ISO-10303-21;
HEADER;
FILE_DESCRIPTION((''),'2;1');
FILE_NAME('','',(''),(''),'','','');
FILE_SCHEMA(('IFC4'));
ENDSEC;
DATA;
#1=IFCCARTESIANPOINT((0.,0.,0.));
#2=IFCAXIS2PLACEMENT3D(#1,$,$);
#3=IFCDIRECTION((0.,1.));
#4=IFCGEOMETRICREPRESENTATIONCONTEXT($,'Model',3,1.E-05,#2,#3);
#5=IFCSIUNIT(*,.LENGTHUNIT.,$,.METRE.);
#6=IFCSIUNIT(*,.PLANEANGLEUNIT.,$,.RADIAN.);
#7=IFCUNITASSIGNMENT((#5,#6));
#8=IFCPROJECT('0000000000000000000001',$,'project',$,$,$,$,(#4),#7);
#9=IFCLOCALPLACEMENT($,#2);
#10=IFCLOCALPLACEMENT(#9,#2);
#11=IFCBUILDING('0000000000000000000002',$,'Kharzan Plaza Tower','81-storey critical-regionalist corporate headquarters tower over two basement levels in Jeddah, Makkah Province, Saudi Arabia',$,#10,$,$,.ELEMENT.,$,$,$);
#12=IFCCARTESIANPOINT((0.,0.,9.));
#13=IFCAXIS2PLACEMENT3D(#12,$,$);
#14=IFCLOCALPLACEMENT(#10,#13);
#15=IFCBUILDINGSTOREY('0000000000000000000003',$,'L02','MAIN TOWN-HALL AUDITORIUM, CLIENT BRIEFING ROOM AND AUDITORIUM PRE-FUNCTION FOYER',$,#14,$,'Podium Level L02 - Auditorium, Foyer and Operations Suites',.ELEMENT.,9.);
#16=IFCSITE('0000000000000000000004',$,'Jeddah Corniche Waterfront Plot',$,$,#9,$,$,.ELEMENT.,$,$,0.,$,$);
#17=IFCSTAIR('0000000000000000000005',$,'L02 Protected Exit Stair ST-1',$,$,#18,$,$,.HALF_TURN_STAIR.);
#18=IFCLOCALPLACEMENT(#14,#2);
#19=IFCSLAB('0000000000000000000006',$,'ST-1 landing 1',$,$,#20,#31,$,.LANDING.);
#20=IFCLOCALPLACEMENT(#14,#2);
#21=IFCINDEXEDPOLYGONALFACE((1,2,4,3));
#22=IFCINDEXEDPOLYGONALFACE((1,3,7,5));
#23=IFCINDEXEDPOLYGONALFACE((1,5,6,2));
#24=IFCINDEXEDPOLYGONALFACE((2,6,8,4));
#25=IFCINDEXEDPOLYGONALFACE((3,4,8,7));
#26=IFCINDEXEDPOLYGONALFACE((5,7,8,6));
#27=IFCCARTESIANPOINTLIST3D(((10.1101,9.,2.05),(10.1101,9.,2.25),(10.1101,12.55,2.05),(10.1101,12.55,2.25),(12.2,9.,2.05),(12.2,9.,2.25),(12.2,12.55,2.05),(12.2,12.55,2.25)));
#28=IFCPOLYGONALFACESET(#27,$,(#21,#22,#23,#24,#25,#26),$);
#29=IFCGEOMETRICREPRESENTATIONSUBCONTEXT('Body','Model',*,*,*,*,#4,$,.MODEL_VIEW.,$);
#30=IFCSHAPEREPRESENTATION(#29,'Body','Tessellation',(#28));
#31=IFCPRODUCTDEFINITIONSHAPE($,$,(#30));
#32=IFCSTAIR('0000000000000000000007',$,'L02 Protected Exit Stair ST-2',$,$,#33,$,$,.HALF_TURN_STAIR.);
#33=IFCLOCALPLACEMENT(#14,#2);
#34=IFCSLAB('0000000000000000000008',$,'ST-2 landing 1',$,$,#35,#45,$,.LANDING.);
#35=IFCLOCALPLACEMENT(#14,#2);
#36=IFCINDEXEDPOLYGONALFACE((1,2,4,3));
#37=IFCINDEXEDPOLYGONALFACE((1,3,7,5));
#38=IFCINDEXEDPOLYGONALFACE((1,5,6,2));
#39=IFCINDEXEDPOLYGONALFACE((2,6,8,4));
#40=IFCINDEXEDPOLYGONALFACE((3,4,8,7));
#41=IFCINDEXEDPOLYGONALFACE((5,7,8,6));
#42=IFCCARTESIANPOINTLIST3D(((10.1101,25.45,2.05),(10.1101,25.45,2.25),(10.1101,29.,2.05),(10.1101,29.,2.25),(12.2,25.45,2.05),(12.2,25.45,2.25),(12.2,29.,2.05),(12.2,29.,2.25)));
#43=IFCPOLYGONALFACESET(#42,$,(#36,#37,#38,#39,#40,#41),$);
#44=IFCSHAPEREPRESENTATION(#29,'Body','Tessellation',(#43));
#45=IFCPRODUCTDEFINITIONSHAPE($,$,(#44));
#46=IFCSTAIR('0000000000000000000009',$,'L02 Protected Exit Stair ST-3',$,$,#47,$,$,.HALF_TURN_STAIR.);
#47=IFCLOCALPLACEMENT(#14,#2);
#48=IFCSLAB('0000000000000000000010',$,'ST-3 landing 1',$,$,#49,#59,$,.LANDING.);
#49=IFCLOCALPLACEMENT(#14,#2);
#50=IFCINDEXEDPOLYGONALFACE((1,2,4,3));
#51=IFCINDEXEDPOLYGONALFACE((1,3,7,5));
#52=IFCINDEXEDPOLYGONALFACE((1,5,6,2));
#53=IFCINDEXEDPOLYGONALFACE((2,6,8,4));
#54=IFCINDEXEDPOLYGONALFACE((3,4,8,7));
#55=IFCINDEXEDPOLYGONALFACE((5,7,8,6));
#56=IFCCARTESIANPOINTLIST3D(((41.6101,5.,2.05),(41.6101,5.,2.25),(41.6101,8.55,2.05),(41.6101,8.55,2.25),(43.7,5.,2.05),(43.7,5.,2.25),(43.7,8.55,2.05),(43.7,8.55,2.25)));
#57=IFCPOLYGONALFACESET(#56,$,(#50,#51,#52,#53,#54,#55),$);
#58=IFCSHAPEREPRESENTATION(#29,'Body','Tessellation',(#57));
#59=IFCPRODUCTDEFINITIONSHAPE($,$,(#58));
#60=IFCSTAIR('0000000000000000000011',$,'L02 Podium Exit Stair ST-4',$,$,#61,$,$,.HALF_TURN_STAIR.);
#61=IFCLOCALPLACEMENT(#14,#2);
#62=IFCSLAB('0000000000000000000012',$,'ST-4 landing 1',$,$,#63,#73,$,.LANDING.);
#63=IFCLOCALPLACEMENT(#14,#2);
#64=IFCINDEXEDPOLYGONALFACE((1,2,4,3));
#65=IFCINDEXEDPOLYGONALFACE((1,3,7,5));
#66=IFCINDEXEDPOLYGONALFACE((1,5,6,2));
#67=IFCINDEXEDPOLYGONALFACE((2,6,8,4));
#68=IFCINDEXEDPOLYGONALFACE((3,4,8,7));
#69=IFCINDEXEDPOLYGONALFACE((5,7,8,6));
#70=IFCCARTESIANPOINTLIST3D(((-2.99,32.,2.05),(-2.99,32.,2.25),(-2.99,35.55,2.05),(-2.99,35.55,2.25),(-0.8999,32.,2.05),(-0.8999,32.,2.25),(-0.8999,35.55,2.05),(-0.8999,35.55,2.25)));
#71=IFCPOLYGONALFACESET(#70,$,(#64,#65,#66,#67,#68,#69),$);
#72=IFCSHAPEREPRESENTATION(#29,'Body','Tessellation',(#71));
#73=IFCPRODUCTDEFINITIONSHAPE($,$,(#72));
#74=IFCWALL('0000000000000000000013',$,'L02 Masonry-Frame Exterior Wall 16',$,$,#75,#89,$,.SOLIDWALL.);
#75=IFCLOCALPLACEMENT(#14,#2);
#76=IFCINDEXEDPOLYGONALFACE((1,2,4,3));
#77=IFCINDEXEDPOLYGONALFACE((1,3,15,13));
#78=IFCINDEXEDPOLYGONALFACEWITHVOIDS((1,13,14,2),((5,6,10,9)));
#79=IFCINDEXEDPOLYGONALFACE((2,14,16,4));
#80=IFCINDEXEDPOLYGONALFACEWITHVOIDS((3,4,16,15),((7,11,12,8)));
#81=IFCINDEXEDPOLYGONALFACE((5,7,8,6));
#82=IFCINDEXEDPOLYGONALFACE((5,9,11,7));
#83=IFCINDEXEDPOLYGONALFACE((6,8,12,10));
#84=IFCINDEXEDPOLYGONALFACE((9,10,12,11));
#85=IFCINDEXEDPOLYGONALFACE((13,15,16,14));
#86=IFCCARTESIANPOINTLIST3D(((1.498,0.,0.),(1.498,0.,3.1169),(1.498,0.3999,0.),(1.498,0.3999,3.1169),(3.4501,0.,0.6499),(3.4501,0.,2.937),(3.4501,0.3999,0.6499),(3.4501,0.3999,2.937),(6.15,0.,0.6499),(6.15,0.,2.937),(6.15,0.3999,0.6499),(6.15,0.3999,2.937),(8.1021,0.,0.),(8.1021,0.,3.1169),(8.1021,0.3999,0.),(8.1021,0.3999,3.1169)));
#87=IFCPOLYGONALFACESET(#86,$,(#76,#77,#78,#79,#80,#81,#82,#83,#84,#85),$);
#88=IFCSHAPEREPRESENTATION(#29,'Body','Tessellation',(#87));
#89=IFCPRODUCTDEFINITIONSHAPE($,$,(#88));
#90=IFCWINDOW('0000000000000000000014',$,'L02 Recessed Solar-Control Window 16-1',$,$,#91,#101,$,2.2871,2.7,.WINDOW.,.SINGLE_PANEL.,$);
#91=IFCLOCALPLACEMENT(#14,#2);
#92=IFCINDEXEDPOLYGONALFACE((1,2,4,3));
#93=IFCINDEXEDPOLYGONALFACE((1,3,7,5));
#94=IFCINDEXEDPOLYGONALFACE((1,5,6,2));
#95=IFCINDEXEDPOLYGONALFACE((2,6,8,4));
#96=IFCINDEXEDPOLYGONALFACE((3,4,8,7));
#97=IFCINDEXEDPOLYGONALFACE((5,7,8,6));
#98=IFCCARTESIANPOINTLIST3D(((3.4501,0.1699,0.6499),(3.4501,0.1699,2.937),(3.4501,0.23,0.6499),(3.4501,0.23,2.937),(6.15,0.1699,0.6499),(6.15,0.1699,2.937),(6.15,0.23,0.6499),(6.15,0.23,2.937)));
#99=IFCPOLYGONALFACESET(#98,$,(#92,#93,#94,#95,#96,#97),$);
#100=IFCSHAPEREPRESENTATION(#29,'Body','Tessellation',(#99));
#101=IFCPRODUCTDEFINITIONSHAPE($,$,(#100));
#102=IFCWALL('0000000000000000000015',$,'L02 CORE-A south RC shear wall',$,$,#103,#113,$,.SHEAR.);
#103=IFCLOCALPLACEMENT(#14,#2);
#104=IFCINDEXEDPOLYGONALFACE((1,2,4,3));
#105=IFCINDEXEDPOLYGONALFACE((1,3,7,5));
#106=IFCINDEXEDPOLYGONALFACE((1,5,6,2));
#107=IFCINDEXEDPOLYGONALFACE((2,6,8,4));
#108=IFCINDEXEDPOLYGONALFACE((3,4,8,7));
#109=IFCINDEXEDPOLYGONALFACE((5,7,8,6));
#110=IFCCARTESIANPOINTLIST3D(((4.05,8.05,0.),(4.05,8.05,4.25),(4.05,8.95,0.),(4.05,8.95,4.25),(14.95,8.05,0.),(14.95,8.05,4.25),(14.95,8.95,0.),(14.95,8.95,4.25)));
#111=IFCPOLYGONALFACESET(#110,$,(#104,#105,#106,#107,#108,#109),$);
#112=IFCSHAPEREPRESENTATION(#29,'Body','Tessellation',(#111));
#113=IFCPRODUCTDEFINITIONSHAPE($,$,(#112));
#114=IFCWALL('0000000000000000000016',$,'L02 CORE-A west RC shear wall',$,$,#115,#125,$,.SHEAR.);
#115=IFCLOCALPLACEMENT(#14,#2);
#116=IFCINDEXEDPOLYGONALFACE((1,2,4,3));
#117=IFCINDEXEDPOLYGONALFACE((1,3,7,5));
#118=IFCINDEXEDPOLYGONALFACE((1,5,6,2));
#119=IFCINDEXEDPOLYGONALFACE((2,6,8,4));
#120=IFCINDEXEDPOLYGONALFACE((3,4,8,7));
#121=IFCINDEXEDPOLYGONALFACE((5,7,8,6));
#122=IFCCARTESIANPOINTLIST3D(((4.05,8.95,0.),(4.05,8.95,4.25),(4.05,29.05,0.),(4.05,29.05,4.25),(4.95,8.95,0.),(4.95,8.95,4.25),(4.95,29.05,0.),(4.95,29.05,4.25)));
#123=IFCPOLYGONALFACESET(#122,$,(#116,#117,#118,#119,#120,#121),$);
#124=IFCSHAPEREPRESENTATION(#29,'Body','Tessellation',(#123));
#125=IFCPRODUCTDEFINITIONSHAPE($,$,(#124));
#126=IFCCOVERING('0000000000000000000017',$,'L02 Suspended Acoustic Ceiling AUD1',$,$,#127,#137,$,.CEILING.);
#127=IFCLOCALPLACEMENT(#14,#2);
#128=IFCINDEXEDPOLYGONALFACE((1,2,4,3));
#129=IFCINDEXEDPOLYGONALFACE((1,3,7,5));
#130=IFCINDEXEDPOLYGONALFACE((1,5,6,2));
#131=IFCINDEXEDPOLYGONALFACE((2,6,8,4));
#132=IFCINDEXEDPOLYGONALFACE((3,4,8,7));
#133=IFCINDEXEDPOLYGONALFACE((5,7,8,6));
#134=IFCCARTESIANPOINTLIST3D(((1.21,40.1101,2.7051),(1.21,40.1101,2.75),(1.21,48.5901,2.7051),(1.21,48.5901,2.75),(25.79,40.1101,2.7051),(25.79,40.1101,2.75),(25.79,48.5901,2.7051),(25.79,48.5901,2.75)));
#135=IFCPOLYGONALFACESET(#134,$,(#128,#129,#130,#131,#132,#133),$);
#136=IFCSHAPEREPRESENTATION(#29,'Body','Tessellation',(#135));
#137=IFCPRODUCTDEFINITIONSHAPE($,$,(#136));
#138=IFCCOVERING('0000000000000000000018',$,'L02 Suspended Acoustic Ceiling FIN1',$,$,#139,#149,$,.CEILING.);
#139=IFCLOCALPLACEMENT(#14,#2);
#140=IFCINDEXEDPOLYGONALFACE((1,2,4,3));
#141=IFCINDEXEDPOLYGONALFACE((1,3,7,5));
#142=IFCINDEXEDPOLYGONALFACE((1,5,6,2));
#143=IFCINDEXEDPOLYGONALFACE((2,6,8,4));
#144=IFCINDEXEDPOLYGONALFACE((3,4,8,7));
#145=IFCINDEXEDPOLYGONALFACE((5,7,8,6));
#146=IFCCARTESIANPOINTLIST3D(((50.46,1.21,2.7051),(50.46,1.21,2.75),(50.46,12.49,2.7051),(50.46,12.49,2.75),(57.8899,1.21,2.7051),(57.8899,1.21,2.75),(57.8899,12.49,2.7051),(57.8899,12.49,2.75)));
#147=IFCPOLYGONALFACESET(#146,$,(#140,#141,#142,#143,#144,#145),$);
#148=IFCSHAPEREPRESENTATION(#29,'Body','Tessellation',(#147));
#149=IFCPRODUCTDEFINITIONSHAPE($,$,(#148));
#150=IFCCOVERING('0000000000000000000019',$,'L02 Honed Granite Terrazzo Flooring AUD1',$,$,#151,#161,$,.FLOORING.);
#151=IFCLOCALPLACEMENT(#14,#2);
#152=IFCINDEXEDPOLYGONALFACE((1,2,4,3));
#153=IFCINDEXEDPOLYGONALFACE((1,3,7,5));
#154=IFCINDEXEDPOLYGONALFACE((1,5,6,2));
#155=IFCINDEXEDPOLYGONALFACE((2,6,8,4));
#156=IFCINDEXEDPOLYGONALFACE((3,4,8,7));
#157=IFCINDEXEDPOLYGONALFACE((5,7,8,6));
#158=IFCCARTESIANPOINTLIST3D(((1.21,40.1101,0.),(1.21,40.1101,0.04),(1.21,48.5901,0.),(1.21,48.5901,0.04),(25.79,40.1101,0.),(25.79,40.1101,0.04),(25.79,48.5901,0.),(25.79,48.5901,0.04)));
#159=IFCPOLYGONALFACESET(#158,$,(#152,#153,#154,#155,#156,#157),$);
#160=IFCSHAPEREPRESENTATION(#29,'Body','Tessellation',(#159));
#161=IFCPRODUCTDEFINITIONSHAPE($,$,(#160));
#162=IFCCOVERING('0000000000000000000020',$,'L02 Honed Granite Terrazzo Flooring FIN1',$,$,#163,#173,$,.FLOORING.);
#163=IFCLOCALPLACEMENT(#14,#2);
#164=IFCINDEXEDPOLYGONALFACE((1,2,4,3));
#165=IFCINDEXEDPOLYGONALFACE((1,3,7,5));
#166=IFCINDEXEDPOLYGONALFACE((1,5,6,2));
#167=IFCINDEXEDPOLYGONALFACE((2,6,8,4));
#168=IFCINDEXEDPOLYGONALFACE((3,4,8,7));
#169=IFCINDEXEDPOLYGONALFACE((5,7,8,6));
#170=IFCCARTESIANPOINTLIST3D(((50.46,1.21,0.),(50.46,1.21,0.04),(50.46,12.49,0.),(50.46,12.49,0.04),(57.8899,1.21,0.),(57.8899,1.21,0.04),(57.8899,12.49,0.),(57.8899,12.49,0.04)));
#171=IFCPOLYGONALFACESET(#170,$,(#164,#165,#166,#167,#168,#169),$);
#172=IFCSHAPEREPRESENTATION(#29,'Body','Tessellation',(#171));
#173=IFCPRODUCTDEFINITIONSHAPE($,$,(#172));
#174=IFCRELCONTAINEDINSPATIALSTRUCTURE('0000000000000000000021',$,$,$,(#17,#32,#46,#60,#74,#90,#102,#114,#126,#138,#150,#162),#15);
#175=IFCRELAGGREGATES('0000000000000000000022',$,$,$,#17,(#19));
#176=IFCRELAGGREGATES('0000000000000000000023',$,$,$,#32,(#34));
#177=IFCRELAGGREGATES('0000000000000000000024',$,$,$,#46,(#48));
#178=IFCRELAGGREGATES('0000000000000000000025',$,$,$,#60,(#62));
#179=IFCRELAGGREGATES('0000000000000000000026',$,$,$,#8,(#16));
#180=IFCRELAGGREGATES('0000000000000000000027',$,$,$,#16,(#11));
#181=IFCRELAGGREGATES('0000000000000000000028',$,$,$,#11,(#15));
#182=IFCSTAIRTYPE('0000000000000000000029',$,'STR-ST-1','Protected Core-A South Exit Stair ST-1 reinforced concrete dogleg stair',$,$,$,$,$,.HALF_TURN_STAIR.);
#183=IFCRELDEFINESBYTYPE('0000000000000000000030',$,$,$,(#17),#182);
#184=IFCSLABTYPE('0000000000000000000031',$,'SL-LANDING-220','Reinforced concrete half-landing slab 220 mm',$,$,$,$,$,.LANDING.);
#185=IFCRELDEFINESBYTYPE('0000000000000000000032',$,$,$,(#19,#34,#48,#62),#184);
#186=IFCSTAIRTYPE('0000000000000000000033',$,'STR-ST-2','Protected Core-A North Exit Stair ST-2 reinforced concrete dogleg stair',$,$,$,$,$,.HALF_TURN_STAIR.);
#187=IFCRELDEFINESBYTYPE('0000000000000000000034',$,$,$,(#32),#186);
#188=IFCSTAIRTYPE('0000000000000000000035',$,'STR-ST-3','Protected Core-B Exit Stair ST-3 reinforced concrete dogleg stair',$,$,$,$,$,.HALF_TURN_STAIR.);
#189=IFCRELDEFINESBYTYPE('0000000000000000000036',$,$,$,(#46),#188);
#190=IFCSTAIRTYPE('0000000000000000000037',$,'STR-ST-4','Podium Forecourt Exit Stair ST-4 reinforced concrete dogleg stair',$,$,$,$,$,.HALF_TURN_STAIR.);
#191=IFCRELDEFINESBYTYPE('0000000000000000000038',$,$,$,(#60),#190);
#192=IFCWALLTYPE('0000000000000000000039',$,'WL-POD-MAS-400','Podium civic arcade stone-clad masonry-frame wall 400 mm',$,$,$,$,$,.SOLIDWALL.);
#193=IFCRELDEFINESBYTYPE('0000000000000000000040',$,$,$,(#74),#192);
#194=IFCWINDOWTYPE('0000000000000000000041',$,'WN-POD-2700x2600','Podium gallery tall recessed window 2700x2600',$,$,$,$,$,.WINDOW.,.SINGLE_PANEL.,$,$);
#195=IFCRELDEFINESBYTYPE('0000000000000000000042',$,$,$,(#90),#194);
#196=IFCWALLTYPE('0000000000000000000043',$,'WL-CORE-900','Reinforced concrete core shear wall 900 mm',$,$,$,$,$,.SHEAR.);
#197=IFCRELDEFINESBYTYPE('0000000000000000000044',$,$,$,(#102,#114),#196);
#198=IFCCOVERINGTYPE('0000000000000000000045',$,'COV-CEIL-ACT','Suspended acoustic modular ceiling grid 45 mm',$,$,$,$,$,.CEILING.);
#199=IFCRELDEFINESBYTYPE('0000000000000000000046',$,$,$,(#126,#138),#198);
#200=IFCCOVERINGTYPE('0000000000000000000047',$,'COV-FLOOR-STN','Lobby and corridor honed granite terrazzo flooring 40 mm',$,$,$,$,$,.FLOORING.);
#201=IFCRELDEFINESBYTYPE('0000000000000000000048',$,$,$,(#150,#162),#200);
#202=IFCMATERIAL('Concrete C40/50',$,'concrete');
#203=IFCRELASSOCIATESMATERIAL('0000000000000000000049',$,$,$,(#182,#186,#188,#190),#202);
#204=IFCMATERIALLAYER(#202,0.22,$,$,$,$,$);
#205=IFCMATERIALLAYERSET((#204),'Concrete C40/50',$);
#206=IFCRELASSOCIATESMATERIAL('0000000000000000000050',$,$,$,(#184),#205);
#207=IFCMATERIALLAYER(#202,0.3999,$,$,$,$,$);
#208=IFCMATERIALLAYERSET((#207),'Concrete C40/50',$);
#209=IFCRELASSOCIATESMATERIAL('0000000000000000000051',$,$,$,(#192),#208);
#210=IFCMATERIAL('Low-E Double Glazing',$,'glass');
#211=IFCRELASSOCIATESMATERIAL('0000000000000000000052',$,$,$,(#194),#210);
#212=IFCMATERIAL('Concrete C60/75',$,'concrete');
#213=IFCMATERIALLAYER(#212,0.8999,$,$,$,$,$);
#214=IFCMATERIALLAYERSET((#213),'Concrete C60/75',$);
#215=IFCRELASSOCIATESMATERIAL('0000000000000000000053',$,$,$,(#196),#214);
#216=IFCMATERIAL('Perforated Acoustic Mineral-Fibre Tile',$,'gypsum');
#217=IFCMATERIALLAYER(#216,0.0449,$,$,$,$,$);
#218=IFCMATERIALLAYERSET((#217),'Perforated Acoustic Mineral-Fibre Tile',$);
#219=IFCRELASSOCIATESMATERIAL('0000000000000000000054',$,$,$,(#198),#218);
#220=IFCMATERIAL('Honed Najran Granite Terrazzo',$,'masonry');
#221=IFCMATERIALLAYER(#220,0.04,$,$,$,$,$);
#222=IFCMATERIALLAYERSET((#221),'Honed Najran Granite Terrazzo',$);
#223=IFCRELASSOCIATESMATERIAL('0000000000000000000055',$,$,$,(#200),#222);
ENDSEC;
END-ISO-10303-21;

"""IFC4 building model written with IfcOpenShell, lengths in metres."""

from ifc_helpers import new_model, si_unit, direction, frame, frame_2d, origin, place, context, subcontext, project, spatial, polyline, rectangle, outline, extrude, source, transform, mapped, material, layer, layer_set, type_object, element, fill, aggregate, save


model = new_model("IFC4")

# Units and contexts
model_context = context("Model", 3, precision=1e-05, world=origin(), true_north=direction((0.0, 1.0)))
body_context = subcontext(model_context, "Body", "Model", "MODEL_VIEW")
ifc_project = project(units=[si_unit("LENGTHUNIT", "METRE"), si_unit("PLANEANGLEUNIT", "RADIAN")], contexts=[model_context])

# Site, building, storey
site_placement = place(None, origin())
site = spatial("IfcSite", under=ifc_project, at=site_placement, Name="Jeddah Corniche Waterfront Plot", CompositionType="ELEMENT", RefElevation=0.0)
building_placement = place(site_placement, origin())
building = spatial("IfcBuilding", under=site, at=building_placement, Name="Kharzan Plaza Tower", Description="81-storey critical-regionalist corporate headquarters tower over two basement levels in Jeddah, Makkah Province, Saudi Arabia", CompositionType="ELEMENT")
storey_placement = place(building_placement, frame((0.0, 0.0, 9.0)))
storey = spatial("IfcBuildingStorey", under=building, at=storey_placement, Name="L02", Description="MAIN TOWN-HALL AUDITORIUM, CLIENT BRIEFING ROOM AND AUDITORIUM PRE-FUNCTION FOYER", LongName="Podium Level L02 - Auditorium, Foyer and Operations Suites", CompositionType="ELEMENT", Elevation=9.0)

# Shared definitions
ifc_material_1 = material(Name="Concrete C60/75", Category="concrete")

# Shared definitions
ifc_material_2 = material(Name="Concrete C40/50", Category="concrete")

# Stairs, slabs
stair_type_1 = type_object("IfcStairType", Name="STR-ST-1", Description="Protected Core-A South Exit Stair ST-1 reinforced concrete dogleg stair", PredefinedType="HALF_TURN_STAIR", material=ifc_material_2)
stair_1_placement = place(storey_placement, origin())
stair_1 = element("IfcStair", 1, at=stair_1_placement, inside=storey, type_object=stair_type_1, Name="L02 Protected Exit Stair ST-1", PredefinedType="HALF_TURN_STAIR")
ifc_layer_1 = layer(ifc_material_2, 0.22)
ifc_layer_set_1 = layer_set([ifc_layer_1], Name="Concrete C40/50")
slab_type_1 = type_object("IfcSlabType", Name="SL-LANDING-220", Description="Reinforced concrete half-landing slab 220 mm", PredefinedType="LANDING", material=ifc_layer_set_1)
slab_1_placement = place(storey_placement, frame((0.0, 0.0, 2.05)))
slab_1 = element("IfcSlab", 2, at=slab_1_placement, type_object=slab_type_1, Name="ST-1 landing 1", PredefinedType="LANDING", context=body_context, shape_type="SweptSolid", body=[
    extrude(outline(polyline([(10.1101, 9.0), (12.2, 9.0), (12.2, 12.55), (10.1101, 12.55), (10.1101, 9.0)])), origin(), (0.0, 0.0, 1.0), 0.2),
])
aggregate(stair_1, [slab_1])
stair_type_2 = type_object("IfcStairType", Name="STR-ST-2", Description="Protected Core-A North Exit Stair ST-2 reinforced concrete dogleg stair", PredefinedType="HALF_TURN_STAIR", material=ifc_material_2)
stair_2_placement = place(storey_placement, origin())
stair_2 = element("IfcStair", 3, at=stair_2_placement, inside=storey, type_object=stair_type_2, Name="L02 Protected Exit Stair ST-2", PredefinedType="HALF_TURN_STAIR")
slab_2_placement = place(storey_placement, frame((0.0, 0.0, 2.05)))
slab_2 = element("IfcSlab", 4, at=slab_2_placement, type_object=slab_type_1, Name="ST-2 landing 1", PredefinedType="LANDING", context=body_context, shape_type="SweptSolid", body=[
    extrude(outline(polyline([(10.1101, 25.45), (12.2, 25.45), (12.2, 29.0), (10.1101, 29.0), (10.1101, 25.45)])), origin(), (0.0, 0.0, 1.0), 0.2),
])
aggregate(stair_2, [slab_2])
stair_type_3 = type_object("IfcStairType", Name="STR-ST-3", Description="Protected Core-B Exit Stair ST-3 reinforced concrete dogleg stair", PredefinedType="HALF_TURN_STAIR", material=ifc_material_2)
stair_3_placement = place(storey_placement, origin())
stair_3 = element("IfcStair", 5, at=stair_3_placement, inside=storey, type_object=stair_type_3, Name="L02 Protected Exit Stair ST-3", PredefinedType="HALF_TURN_STAIR")
slab_3_placement = place(storey_placement, frame((0.0, 0.0, 2.05)))
slab_3 = element("IfcSlab", 6, at=slab_3_placement, type_object=slab_type_1, Name="ST-3 landing 1", PredefinedType="LANDING", context=body_context, shape_type="SweptSolid", body=[
    extrude(outline(polyline([(41.6101, 5.0), (43.7, 5.0), (43.7, 8.55), (41.6101, 8.55), (41.6101, 5.0)])), origin(), (0.0, 0.0, 1.0), 0.2),
])
aggregate(stair_3, [slab_3])
stair_type_4 = type_object("IfcStairType", Name="STR-ST-4", Description="Podium Forecourt Exit Stair ST-4 reinforced concrete dogleg stair", PredefinedType="HALF_TURN_STAIR", material=ifc_material_2)
stair_4_placement = place(storey_placement, origin())
stair_4 = element("IfcStair", 7, at=stair_4_placement, inside=storey, type_object=stair_type_4, Name="L02 Podium Exit Stair ST-4", PredefinedType="HALF_TURN_STAIR")
slab_4_placement = place(storey_placement, frame((0.0, 0.0, 2.05)))
slab_4 = element("IfcSlab", 8, at=slab_4_placement, type_object=slab_type_1, Name="ST-4 landing 1", PredefinedType="LANDING", context=body_context, shape_type="SweptSolid", body=[
    extrude(outline(polyline([(-2.99, 32.0), (-0.8999, 32.0), (-0.8999, 35.55), (-2.99, 35.55), (-2.99, 32.0)])), origin(), (0.0, 0.0, 1.0), 0.2),
])
aggregate(stair_4, [slab_4])

# Wall, opening, window
ifc_layer_2 = layer(ifc_material_2, 0.3999)
ifc_layer_set_2 = layer_set([ifc_layer_2], Name="Concrete C40/50")
wall_type_1 = type_object("IfcWallType", Name="WL-POD-MAS-400", Description="Podium civic arcade stone-clad masonry-frame wall 400 mm", PredefinedType="SOLIDWALL", material=ifc_layer_set_2)
wall_1_placement = place(storey_placement, frame((1.498, 0.2, 0.0), z_axis=(0.0, 0.0, 1.0), x_axis=(1.0, 0.0, 0.0)))
wall_1 = element("IfcWall", 9, at=wall_1_placement, inside=storey, type_object=wall_type_1, Name="L02 Masonry-Frame Exterior Wall 16", PredefinedType="SOLIDWALL", context=body_context, shape_type="SweptSolid", body=[
    extrude(rectangle(XDim=6.604, YDim=0.3999, at=frame_2d((3.302, 0.0))), origin(), (0.0, 0.0, 1.0), 3.1169),
])
opening_placement = place(wall_1_placement, frame((1.9519, 0.0, 0.6499)))
opening = element("IfcOpeningElement", 10, at=opening_placement, cuts=wall_1, PredefinedType="OPENING", context=body_context, shape_type="SweptSolid", body=[
    extrude(rectangle(XDim=2.7, YDim=2.2871, at=frame_2d((1.3501, 1.1436))), frame((0.0, 0.21, 0.0), z_axis=(0.0, -1.0, 0.0), x_axis=(1.0, 0.0, 0.0)), (0.0, 0.0, 1.0), 0.4199),
])
ifc_material_3 = material(Name="Low-E Double Glazing", Category="glass")
window_type = type_object("IfcWindowType", Name="WN-POD-2700x2600", Description="Podium gallery tall recessed window 2700x2600", PartitioningType="SINGLE_PANEL", PredefinedType="WINDOW", material=ifc_material_3)
shared_shape_1 = source(origin(), body_context, "Body", "SweptSolid", [
    extrude(rectangle(XDim=2.7, YDim=2.2871, at=frame_2d((1.3501, 1.1436))), frame((0.0, 0.03, 0.0), z_axis=(0.0, -1.0, 0.0), x_axis=(1.0, 0.0, 0.0)), (0.0, 0.0, 1.0), 0.0601),
])
window_placement = place(opening_placement, origin())
window = element("IfcWindow", 11, at=window_placement, inside=storey, type_object=window_type, Name="L02 Recessed Solar-Control Window 16-1", OverallHeight=2.2871, OverallWidth=2.7, PartitioningType="SINGLE_PANEL", PredefinedType="WINDOW", context=body_context, shape_type="MappedRepresentation", body=[
    mapped(shared_shape_1, transform((0.0, 0.0, 0.0), x_axis=(1.0, 0.0, 0.0), y_axis=(0.0, 1.0, 0.0), z_axis=(0.0, 0.0, 1.0))),
])
fill(opening, window)

# Walls
ifc_layer_3 = layer(ifc_material_1, 0.8999)
ifc_layer_set_3 = layer_set([ifc_layer_3], Name="Concrete C60/75")
wall_type_2 = type_object("IfcWallType", Name="WL-CORE-900", Description="Reinforced concrete core shear wall 900 mm", PredefinedType="SHEAR", material=ifc_layer_set_3)
shared_shape_2 = source(origin(), body_context, "Body", "SweptSolid", [
    extrude(rectangle(XDim=10.8999, YDim=0.8999, at=frame_2d((5.45, 0.0))), origin(), (0.0, 0.0, 1.0), 4.25),
])
wall_2_placement = place(storey_placement, frame((4.05, 8.5, 0.0), z_axis=(0.0, 0.0, 1.0), x_axis=(1.0, 0.0, 0.0)))
element("IfcWall", 12, at=wall_2_placement, inside=storey, type_object=wall_type_2, Name="L02 CORE-A south RC shear wall", PredefinedType="SHEAR", context=body_context, shape_type="MappedRepresentation", body=[
    mapped(shared_shape_2, transform((0.0, 0.0, 0.0), x_axis=(1.0, 0.0, 0.0), y_axis=(0.0, 1.0, 0.0), z_axis=(0.0, 0.0, 1.0))),
])
shared_shape_3 = source(origin(), body_context, "Body", "SweptSolid", [
    extrude(rectangle(XDim=20.1001, YDim=0.8999, at=frame_2d((10.05, 0.0))), origin(), (0.0, 0.0, 1.0), 4.25),
])
wall_3_placement = place(storey_placement, frame((4.5, 8.95, 0.0), z_axis=(0.0, 0.0, 1.0), x_axis=(0.0, 1.0, 0.0)))
element("IfcWall", 13, at=wall_3_placement, inside=storey, type_object=wall_type_2, Name="L02 CORE-A west RC shear wall", PredefinedType="SHEAR", context=body_context, shape_type="MappedRepresentation", body=[
    mapped(shared_shape_3, transform((0.0, 0.0, 0.0), x_axis=(1.0, 0.0, 0.0), y_axis=(0.0, 1.0, 0.0), z_axis=(0.0, 0.0, 1.0))),
])

# Coverings
ifc_material_4 = material(Name="Perforated Acoustic Mineral-Fibre Tile", Category="gypsum")
ifc_layer_4 = layer(ifc_material_4, 0.0449)
ifc_layer_set_4 = layer_set([ifc_layer_4], Name="Perforated Acoustic Mineral-Fibre Tile")
covering_type_1 = type_object("IfcCoveringType", Name="COV-CEIL-ACT", Description="Suspended acoustic modular ceiling grid 45 mm", PredefinedType="CEILING", material=ifc_layer_set_4)
covering_1_placement = place(storey_placement, frame((0.0, 0.0, 2.7051)))
element("IfcCovering", 14, at=covering_1_placement, inside=storey, type_object=covering_type_1, Name="L02 Suspended Acoustic Ceiling AUD1", PredefinedType="CEILING", context=body_context, shape_type="SweptSolid", body=[
    extrude(outline(polyline([(1.21, 40.1101), (25.79, 40.1101), (25.79, 48.5901), (1.21, 48.5901), (1.21, 40.1101)])), origin(), (0.0, 0.0, 1.0), 0.0449),
])
covering_2_placement = place(storey_placement, frame((0.0, 0.0, 2.7051)))
element("IfcCovering", 15, at=covering_2_placement, inside=storey, type_object=covering_type_1, Name="L02 Suspended Acoustic Ceiling FIN1", PredefinedType="CEILING", context=body_context, shape_type="SweptSolid", body=[
    extrude(outline(polyline([(50.46, 1.21), (57.8899, 1.21), (57.8899, 12.49), (50.46, 12.49), (50.46, 1.21)])), origin(), (0.0, 0.0, 1.0), 0.0449),
])
ifc_material_5 = material(Name="Honed Najran Granite Terrazzo", Category="masonry")
ifc_layer_5 = layer(ifc_material_5, 0.04)
ifc_layer_set_5 = layer_set([ifc_layer_5], Name="Honed Najran Granite Terrazzo")
covering_type_2 = type_object("IfcCoveringType", Name="COV-FLOOR-STN", Description="Lobby and corridor honed granite terrazzo flooring 40 mm", PredefinedType="FLOORING", material=ifc_layer_set_5)
covering_3_placement = place(storey_placement, origin())
element("IfcCovering", 16, at=covering_3_placement, inside=storey, type_object=covering_type_2, Name="L02 Honed Granite Terrazzo Flooring AUD1", PredefinedType="FLOORING", context=body_context, shape_type="SweptSolid", body=[
    extrude(outline(polyline([(1.21, 40.1101), (25.79, 40.1101), (25.79, 48.5901), (1.21, 48.5901), (1.21, 40.1101)])), origin(), (0.0, 0.0, 1.0), 0.04),
])
covering_4_placement = place(storey_placement, origin())
element("IfcCovering", 17, at=covering_4_placement, inside=storey, type_object=covering_type_2, Name="L02 Honed Granite Terrazzo Flooring FIN1", PredefinedType="FLOORING", context=body_context, shape_type="SweptSolid", body=[
    extrude(outline(polyline([(50.46, 1.21), (57.8899, 1.21), (57.8899, 12.49), (50.46, 12.49), (50.46, 1.21)])), origin(), (0.0, 0.0, 1.0), 0.04),
])

save(model, "model.ifc")
